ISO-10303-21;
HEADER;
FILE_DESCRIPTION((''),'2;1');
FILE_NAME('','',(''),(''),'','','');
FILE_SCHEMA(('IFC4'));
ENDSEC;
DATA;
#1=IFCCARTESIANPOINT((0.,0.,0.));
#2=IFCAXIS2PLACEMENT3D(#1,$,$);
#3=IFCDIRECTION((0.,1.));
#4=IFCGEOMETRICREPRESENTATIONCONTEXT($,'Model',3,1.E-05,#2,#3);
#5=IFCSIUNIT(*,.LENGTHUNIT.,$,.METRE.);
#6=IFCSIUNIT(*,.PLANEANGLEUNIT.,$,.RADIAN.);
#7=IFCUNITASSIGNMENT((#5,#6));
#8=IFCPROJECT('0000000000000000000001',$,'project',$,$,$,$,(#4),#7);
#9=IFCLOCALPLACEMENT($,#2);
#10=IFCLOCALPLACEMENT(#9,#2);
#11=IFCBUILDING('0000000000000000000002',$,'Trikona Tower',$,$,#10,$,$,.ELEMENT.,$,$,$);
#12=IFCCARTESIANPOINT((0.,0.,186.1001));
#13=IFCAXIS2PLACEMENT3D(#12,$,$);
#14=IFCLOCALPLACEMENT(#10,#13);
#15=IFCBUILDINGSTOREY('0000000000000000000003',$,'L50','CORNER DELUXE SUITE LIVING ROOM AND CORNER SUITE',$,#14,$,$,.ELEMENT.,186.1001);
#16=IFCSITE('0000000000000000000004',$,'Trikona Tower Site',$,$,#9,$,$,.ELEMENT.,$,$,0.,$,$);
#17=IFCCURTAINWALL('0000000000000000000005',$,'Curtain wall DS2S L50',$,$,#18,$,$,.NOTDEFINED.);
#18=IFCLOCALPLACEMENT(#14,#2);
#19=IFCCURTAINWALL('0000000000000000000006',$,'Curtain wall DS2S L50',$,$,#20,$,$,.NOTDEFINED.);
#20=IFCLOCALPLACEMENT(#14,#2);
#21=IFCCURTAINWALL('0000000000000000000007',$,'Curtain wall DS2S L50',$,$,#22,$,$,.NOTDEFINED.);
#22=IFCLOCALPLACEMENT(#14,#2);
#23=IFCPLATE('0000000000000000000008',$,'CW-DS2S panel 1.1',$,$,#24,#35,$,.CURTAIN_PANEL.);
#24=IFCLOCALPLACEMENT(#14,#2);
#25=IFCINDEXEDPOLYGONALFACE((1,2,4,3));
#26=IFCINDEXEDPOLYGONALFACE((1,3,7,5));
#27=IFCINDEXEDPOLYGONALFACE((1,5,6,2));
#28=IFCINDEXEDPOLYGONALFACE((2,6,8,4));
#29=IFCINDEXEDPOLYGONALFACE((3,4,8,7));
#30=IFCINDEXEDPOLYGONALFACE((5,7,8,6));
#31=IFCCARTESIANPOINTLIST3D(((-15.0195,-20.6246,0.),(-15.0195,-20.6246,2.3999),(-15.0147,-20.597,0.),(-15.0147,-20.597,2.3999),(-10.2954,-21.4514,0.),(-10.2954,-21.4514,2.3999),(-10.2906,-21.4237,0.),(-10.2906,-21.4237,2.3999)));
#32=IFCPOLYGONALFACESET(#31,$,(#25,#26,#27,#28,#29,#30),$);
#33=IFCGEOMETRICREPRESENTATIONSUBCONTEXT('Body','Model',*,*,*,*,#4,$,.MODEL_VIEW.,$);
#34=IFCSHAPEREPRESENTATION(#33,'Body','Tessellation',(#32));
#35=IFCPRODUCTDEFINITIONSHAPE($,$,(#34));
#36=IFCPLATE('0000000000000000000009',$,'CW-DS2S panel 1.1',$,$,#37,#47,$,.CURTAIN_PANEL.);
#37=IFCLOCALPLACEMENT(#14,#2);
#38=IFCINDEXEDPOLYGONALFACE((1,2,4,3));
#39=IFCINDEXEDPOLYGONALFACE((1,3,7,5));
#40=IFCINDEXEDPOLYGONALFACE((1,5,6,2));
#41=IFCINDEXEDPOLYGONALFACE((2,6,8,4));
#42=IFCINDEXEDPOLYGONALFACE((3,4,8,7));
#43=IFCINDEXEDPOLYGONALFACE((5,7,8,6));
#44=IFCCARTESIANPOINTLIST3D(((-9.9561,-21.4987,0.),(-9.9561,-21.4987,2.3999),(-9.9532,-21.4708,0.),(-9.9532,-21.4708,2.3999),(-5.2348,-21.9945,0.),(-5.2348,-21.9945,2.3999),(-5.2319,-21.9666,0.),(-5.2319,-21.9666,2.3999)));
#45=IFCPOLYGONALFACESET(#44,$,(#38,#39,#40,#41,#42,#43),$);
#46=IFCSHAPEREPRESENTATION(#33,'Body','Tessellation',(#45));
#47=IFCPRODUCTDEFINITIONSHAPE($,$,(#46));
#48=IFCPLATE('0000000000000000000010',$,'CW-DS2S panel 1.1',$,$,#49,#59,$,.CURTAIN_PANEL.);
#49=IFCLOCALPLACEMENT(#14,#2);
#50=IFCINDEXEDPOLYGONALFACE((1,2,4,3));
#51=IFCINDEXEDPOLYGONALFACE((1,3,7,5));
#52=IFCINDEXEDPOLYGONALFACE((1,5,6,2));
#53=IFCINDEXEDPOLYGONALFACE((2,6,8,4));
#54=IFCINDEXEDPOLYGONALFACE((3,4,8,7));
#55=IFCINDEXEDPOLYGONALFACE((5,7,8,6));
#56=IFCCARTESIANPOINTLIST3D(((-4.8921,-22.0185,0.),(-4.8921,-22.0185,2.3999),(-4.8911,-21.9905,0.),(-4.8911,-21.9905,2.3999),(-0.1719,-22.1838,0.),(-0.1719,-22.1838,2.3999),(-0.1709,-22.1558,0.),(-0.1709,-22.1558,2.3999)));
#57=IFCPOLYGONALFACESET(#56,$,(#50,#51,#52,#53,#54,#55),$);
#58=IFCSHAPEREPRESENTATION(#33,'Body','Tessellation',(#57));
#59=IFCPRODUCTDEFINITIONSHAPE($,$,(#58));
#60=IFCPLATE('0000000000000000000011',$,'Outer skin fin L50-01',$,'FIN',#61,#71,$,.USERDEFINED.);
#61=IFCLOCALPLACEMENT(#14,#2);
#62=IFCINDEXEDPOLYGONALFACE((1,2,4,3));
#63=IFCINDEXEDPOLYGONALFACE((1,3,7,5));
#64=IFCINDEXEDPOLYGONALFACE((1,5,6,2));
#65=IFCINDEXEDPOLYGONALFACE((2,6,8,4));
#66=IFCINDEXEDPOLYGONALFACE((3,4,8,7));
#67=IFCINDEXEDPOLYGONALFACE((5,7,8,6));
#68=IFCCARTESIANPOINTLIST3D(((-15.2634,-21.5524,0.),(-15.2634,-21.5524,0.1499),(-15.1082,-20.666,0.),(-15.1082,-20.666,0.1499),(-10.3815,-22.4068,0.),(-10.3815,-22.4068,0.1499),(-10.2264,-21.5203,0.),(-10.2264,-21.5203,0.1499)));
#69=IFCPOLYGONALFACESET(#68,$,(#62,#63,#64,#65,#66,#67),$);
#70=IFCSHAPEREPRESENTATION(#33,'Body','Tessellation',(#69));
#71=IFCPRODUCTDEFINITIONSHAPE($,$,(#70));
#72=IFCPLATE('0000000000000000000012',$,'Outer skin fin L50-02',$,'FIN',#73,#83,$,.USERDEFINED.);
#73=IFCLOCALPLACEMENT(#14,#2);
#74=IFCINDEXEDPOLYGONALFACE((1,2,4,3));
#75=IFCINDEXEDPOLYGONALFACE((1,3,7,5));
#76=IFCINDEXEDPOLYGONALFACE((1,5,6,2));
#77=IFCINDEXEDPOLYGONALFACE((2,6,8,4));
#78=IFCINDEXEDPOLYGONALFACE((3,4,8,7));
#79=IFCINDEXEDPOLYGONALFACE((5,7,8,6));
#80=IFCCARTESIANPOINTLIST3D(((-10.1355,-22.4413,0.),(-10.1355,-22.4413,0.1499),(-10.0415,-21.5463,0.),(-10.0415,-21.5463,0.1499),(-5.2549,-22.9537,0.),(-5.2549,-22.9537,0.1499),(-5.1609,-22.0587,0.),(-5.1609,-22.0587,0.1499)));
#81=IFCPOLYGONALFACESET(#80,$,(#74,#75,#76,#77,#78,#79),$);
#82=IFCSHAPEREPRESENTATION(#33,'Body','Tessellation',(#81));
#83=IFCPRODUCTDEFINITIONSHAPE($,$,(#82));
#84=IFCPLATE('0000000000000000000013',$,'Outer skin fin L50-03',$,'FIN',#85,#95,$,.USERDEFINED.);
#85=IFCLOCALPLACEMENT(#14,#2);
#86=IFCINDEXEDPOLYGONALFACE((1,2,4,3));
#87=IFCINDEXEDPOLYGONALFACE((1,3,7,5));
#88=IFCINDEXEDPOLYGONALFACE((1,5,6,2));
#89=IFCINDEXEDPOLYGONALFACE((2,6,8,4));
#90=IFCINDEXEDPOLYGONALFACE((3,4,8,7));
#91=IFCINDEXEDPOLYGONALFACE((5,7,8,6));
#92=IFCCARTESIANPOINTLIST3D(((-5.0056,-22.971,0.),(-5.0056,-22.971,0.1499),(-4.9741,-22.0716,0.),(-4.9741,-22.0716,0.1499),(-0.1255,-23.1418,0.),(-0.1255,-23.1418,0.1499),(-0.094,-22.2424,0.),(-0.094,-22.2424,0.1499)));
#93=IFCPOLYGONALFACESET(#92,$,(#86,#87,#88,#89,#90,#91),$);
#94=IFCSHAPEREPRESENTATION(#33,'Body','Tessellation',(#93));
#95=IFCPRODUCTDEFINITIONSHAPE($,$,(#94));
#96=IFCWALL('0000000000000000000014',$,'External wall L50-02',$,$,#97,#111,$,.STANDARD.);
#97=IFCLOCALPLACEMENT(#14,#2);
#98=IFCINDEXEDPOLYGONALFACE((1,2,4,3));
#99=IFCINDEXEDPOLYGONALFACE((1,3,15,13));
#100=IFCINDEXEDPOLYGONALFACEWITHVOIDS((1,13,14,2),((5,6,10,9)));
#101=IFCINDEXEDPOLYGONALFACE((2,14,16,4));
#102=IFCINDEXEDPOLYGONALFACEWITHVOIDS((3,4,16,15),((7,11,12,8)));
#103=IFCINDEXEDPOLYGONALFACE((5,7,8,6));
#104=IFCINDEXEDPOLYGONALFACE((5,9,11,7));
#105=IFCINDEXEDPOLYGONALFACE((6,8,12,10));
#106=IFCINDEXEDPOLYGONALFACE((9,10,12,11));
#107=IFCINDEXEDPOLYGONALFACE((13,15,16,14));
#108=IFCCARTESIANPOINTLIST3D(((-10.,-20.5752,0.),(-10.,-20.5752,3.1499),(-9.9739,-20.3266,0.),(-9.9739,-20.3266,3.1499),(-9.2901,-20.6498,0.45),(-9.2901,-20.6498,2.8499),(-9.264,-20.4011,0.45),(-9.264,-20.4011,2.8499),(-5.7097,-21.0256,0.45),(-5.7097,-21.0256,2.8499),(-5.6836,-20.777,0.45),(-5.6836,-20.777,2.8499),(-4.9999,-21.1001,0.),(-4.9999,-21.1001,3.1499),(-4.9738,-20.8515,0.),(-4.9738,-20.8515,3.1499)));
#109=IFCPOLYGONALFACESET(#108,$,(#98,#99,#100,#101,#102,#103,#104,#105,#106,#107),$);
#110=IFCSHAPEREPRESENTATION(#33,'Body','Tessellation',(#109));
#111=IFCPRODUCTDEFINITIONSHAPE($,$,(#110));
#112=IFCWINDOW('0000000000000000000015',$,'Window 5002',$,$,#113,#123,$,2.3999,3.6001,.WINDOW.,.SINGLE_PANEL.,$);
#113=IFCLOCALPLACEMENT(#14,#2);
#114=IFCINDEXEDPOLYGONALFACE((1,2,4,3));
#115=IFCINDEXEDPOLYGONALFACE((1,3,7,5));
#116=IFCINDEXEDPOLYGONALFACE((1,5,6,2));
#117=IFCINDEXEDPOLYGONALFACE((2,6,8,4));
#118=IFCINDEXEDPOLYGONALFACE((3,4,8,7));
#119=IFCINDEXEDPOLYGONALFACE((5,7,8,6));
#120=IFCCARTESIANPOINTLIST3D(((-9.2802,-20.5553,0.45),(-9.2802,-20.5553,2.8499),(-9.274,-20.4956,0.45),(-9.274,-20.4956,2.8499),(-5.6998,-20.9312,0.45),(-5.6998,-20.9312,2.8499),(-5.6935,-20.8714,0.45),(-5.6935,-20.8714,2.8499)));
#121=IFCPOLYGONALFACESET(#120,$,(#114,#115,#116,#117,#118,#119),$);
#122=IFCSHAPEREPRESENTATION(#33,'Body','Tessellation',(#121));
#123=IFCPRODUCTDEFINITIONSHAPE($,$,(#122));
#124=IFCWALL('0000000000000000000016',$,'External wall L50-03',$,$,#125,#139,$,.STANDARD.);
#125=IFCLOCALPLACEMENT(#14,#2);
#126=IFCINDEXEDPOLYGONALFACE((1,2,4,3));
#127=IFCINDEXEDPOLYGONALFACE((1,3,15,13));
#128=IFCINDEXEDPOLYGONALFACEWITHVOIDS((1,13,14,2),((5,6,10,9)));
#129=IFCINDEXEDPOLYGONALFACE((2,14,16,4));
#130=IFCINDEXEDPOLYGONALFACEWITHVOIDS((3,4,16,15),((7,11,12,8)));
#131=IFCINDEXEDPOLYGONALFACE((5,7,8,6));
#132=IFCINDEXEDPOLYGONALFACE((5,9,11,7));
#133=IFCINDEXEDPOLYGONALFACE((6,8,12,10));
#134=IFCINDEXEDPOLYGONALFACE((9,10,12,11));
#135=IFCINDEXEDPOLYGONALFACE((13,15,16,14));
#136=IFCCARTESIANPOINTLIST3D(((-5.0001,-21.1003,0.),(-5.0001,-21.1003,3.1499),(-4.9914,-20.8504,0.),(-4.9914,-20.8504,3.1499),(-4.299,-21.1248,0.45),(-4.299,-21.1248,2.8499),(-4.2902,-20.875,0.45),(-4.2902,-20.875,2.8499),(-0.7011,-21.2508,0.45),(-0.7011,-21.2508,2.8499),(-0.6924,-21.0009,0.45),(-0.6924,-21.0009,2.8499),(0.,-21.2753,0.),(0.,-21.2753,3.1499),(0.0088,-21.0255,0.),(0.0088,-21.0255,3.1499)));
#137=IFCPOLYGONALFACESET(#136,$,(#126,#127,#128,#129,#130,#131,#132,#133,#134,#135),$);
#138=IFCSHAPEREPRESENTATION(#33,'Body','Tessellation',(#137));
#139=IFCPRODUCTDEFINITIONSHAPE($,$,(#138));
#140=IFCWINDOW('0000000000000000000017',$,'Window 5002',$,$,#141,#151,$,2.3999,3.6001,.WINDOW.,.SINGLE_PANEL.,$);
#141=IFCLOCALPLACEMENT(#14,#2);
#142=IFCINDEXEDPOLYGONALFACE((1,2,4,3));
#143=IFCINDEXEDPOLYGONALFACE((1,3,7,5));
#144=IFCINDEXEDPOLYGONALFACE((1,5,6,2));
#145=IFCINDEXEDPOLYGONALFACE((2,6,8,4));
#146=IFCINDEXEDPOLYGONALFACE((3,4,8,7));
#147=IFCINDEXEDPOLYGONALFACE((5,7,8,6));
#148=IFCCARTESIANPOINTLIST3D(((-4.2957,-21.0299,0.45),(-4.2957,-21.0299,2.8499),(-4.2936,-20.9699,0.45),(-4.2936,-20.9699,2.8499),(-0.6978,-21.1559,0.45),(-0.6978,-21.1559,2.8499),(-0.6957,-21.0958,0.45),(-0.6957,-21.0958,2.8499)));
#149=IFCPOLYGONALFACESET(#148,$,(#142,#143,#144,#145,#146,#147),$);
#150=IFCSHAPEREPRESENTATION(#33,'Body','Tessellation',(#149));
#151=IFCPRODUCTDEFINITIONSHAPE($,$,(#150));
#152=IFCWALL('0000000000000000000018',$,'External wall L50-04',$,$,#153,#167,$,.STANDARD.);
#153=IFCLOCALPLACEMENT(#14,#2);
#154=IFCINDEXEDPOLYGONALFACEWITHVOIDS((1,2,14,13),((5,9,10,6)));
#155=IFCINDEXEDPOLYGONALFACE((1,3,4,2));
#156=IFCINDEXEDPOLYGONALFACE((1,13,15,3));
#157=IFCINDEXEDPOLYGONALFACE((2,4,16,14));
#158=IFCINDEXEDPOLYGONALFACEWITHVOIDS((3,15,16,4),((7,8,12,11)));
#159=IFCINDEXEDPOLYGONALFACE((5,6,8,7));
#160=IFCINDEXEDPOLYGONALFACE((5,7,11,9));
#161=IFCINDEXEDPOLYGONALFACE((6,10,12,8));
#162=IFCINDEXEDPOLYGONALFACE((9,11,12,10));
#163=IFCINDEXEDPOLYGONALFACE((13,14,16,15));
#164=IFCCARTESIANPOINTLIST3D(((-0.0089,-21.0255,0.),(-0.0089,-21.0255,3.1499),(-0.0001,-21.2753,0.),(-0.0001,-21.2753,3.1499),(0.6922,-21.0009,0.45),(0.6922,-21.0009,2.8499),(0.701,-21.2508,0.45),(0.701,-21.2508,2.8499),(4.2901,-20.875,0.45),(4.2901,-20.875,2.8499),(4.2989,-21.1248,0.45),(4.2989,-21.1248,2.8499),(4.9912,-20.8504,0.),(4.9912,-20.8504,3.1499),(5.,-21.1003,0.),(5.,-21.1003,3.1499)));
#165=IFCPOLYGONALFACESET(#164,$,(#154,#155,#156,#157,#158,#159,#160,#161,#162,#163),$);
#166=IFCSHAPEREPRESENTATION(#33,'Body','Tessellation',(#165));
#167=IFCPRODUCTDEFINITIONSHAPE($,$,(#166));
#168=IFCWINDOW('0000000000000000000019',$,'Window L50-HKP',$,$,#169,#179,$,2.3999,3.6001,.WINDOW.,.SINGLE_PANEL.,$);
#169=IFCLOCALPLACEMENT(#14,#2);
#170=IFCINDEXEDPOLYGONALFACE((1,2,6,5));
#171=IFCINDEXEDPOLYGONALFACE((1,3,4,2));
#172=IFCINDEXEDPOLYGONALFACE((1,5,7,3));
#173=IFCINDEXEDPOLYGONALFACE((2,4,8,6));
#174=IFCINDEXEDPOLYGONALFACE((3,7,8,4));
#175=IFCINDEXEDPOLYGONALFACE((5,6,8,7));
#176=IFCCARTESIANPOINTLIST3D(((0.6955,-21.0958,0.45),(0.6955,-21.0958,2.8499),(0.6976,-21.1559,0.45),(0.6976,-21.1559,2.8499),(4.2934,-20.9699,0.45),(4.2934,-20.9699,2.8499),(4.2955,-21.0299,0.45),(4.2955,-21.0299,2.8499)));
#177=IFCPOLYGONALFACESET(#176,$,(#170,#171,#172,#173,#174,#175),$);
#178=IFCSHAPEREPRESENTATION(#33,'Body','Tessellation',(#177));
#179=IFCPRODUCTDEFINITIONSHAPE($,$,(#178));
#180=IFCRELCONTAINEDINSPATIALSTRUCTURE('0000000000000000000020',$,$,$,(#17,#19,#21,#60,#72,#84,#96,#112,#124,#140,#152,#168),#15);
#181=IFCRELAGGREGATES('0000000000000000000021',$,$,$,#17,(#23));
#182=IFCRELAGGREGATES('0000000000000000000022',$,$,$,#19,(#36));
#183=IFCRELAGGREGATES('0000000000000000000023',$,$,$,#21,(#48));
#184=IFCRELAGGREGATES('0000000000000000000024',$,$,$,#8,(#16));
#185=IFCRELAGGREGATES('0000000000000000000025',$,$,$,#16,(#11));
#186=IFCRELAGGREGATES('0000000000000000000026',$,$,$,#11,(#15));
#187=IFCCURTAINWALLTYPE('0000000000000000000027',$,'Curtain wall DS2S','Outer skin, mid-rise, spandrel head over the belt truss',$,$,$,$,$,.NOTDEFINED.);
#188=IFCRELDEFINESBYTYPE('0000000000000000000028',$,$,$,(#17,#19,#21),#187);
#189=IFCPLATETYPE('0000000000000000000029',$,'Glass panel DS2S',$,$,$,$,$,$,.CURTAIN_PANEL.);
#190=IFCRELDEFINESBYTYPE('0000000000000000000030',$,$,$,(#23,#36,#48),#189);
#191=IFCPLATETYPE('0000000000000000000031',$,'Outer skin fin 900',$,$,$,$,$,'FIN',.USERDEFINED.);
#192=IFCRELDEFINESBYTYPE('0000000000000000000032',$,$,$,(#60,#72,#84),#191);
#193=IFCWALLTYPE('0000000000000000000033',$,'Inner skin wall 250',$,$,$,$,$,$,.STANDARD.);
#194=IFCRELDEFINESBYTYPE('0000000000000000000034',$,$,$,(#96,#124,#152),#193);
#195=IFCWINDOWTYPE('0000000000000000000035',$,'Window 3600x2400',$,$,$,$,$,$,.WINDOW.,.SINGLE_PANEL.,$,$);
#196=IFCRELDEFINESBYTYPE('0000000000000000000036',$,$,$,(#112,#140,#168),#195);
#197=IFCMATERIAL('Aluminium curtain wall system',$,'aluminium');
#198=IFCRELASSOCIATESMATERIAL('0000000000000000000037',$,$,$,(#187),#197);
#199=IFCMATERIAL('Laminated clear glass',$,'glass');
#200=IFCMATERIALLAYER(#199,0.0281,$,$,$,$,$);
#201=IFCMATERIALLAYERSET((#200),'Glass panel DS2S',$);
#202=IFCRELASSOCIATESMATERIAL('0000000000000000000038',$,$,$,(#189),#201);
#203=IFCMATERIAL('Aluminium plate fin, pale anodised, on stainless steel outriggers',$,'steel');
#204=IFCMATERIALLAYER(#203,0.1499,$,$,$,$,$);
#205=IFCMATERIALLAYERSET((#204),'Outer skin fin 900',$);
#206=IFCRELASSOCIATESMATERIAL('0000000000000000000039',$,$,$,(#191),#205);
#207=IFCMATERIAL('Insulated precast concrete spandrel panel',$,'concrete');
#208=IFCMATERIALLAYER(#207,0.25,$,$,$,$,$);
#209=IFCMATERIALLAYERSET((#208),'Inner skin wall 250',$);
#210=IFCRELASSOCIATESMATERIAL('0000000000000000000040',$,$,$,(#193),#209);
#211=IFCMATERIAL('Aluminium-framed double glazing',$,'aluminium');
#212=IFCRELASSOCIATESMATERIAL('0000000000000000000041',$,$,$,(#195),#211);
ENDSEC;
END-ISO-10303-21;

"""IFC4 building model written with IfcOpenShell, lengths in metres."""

from ifc_helpers import new_model, si_unit, direction, frame, frame_2d, origin, origin_2d, place, context, subcontext, project, spatial, rectangle, extrude, material, layer, layer_set, type_object, element, fill, aggregate, save


model = new_model("IFC4")

# Units and contexts
model_context = context("Model", 3, precision=1e-05, world=origin(), true_north=direction((0.0, 1.0)))
body_context = subcontext(model_context, "Body", "Model", "MODEL_VIEW")
ifc_project = project(units=[si_unit("LENGTHUNIT", "METRE"), si_unit("PLANEANGLEUNIT", "RADIAN")], contexts=[model_context])

# Site, building, storey
site_placement = place(None, origin())
site = spatial("IfcSite", under=ifc_project, at=site_placement, Name="Trikona Tower Site", CompositionType="ELEMENT", RefElevation=0.0)
building_placement = place(site_placement, origin())
building = spatial("IfcBuilding", under=site, at=building_placement, Name="Trikona Tower", CompositionType="ELEMENT")
storey_placement = place(building_placement, frame((0.0, 0.0, 186.1001)))
storey = spatial("IfcBuildingStorey", under=building, at=storey_placement, Name="L50", Description="CORNER DELUXE SUITE LIVING ROOM AND CORNER SUITE", CompositionType="ELEMENT", Elevation=186.1001)

# Curtain wall
ifc_material_1 = material(Name="Aluminium curtain wall system", Category="aluminium")
curtain_wall_type = type_object("IfcCurtainWallType", Name="Curtain wall DS2S", Description="Outer skin, mid-rise, spandrel head over the belt truss", PredefinedType="NOTDEFINED", material=ifc_material_1)
curtain_wall_1_placement = place(storey_placement, origin())
curtain_wall_1 = element("IfcCurtainWall", 1, at=curtain_wall_1_placement, inside=storey, type_object=curtain_wall_type, Name="Curtain wall DS2S L50", PredefinedType="NOTDEFINED")

# Curtain walls
curtain_wall_2_placement = place(storey_placement, origin())
curtain_wall_2 = element("IfcCurtainWall", 2, at=curtain_wall_2_placement, inside=storey, type_object=curtain_wall_type, Name="Curtain wall DS2S L50", PredefinedType="NOTDEFINED")
curtain_wall_3_placement = place(storey_placement, origin())
curtain_wall_3 = element("IfcCurtainWall", 3, at=curtain_wall_3_placement, inside=storey, type_object=curtain_wall_type, Name="Curtain wall DS2S L50", PredefinedType="NOTDEFINED")

# Plates
ifc_material_2 = material(Name="Laminated clear glass", Category="glass")
ifc_layer_1 = layer(ifc_material_2, 0.0281)
ifc_layer_set_1 = layer_set([ifc_layer_1], Name="Glass panel DS2S")
plate_type_1 = type_object("IfcPlateType", Name="Glass panel DS2S", PredefinedType="CURTAIN_PANEL", material=ifc_layer_set_1)
plate_1_placement = place(storey_placement, frame((-12.655, -21.0242, 0.0), z_axis=(0.0, 0.0, 1.0), x_axis=(0.985031, -0.172377, 0.0)))
plate_1 = element("IfcPlate", 4, at=plate_1_placement, type_object=plate_type_1, Name="CW-DS2S panel 1.1", PredefinedType="CURTAIN_PANEL", context=body_context, shape_type="SweptSolid", body=[
    extrude(rectangle(XDim=4.7959, YDim=0.0281, at=origin_2d()), origin(), (0.0, 0.0, 1.0), 2.3999),
])
aggregate(curtain_wall_1, [plate_1])
plate_2_placement = place(storey_placement, frame((-7.594, -21.7327, 0.0), z_axis=(0.0, 0.0, 1.0), x_axis=(0.994532, -0.104433, 0.0)))
plate_2 = element("IfcPlate", 5, at=plate_2_placement, type_object=plate_type_1, Name="CW-DS2S panel 1.1", PredefinedType="CURTAIN_PANEL", context=body_context, shape_type="SweptSolid", body=[
    extrude(rectangle(XDim=4.7473, YDim=0.0281, at=origin_2d()), origin(), (0.0, 0.0, 1.0), 2.3999),
])
aggregate(curtain_wall_2, [plate_2])
plate_3_placement = place(storey_placement, frame((-2.5315, -22.0872, 0.0), z_axis=(0.0, 0.0, 1.0), x_axis=(0.999387, -0.034998, 0.0)))
plate_3 = element("IfcPlate", 6, at=plate_3_placement, type_object=plate_type_1, Name="CW-DS2S panel 1.1", PredefinedType="CURTAIN_PANEL", context=body_context, shape_type="SweptSolid", body=[
    extrude(rectangle(XDim=4.7231, YDim=0.0281, at=origin_2d()), origin(), (0.0, 0.0, 1.0), 2.3999),
])
aggregate(curtain_wall_3, [plate_3])

# Plates
ifc_material_3 = material(Name="Aluminium plate fin, pale anodised, on stainless steel outriggers", Category="steel")
ifc_layer_2 = layer(ifc_material_3, 0.1499)
ifc_layer_set_2 = layer_set([ifc_layer_2], Name="Outer skin fin 900")
plate_type_2 = type_object("IfcPlateType", Name="Outer skin fin 900", ElementType="FIN", PredefinedType="USERDEFINED", material=ifc_layer_set_2)
plate_4_placement = place(storey_placement, frame((-12.7449, -21.5364, 0.0), z_axis=(0.0, 0.0, 1.0), x_axis=(0.985031, -0.17238, 0.0)))
element("IfcPlate", 7, at=plate_4_placement, inside=storey, type_object=plate_type_2, Name="Outer skin fin L50-01", ObjectType="FIN", PredefinedType="USERDEFINED", context=body_context, shape_type="SweptSolid", body=[
    extrude(rectangle(XDim=4.9561, YDim=0.8999, at=origin_2d()), origin(), (0.0, 0.0, 1.0), 0.1499),
])
plate_5_placement = place(storey_placement, frame((-7.6482, -22.25, 0.0), z_axis=(0.0, 0.0, 1.0), x_axis=(0.994533, -0.104426, 0.0)))
element("IfcPlate", 8, at=plate_5_placement, inside=storey, type_object=plate_type_2, Name="Outer skin fin L50-02", ObjectType="FIN", PredefinedType="USERDEFINED", context=body_context, shape_type="SweptSolid", body=[
    extrude(rectangle(XDim=4.9075, YDim=0.8999, at=origin_2d()), origin(), (0.0, 0.0, 1.0), 0.1499),
])
plate_6_placement = place(storey_placement, frame((-2.5498, -22.6067, 0.0), z_axis=(0.0, 0.0, 1.0), x_axis=(0.999388, -0.034978, 0.0)))
element("IfcPlate", 9, at=plate_6_placement, inside=storey, type_object=plate_type_2, Name="Outer skin fin L50-03", ObjectType="FIN", PredefinedType="USERDEFINED", context=body_context, shape_type="SweptSolid", body=[
    extrude(rectangle(XDim=4.8831, YDim=0.8999, at=origin_2d()), origin(), (0.0, 0.0, 1.0), 0.1499),
])

# Walls, openings, windows
ifc_material_4 = material(Name="Insulated precast concrete spandrel panel", Category="concrete")
ifc_layer_3 = layer(ifc_material_4, 0.25)
ifc_layer_set_3 = layer_set([ifc_layer_3], Name="Inner skin wall 250")
wall_type = type_object("IfcWallType", Name="Inner skin wall 250", PredefinedType="STANDARD", material=ifc_layer_set_3)
wall_1_placement = place(storey_placement, frame((-9.9868, -20.4509, 0.0), z_axis=(0.0, 0.0, 1.0), x_axis=(0.994535, -0.104407, 0.0)))
wall_1 = element("IfcWall", 10, at=wall_1_placement, inside=storey, type_object=wall_type, Name="External wall L50-02", PredefinedType="STANDARD", context=body_context, shape_type="SweptSolid", body=[
    extrude(rectangle(XDim=5.0276, YDim=0.25, at=frame_2d((2.5137, 0.0))), origin(), (0.0, 0.0, 1.0), 3.1499),
])
opening_1_placement = place(wall_1_placement, frame((0.7136, 0.0, 0.45)))
opening_1 = element("IfcOpeningElement", 11, at=opening_1_placement, cuts=wall_1, PredefinedType="OPENING", context=body_context, shape_type="SweptSolid", body=[
    extrude(rectangle(XDim=3.6001, YDim=2.3999, at=frame_2d((1.8, 1.2))), frame((0.0, 0.135, 0.0), z_axis=(0.0, -1.0, 0.0), x_axis=(1.0, 0.0, 0.0)), (0.0, 0.0, 1.0), 0.27),
])
ifc_material_5 = material(Name="Aluminium-framed double glazing", Category="aluminium")
window_type = type_object("IfcWindowType", Name="Window 3600x2400", PartitioningType="SINGLE_PANEL", PredefinedType="WINDOW", material=ifc_material_5)
window_1_placement = place(opening_1_placement, origin())
window_1 = element("IfcWindow", 12, at=window_1_placement, inside=storey, type_object=window_type, Name="Window 5002", OverallHeight=2.3999, OverallWidth=3.6001, PartitioningType="SINGLE_PANEL", PredefinedType="WINDOW", context=body_context, shape_type="SweptSolid", body=[
    extrude(rectangle(XDim=3.6001, YDim=2.3999, at=frame_2d((1.8, 1.2))), frame((0.0, 0.03, 0.0), z_axis=(0.0, -1.0, 0.0), x_axis=(1.0, 0.0, 0.0)), (0.0, 0.0, 1.0), 0.0601),
])
fill(opening_1, window_1)
wall_2_placement = place(storey_placement, frame((-4.9956, -20.9753, 0.0), z_axis=(0.0, 0.0, 1.0), x_axis=(0.999388, -0.034988, 0.0)))
wall_2 = element("IfcWall", 13, at=wall_2_placement, inside=storey, type_object=wall_type, Name="External wall L50-03", PredefinedType="STANDARD", context=body_context, shape_type="SweptSolid", body=[
    extrude(rectangle(XDim=5.0032, YDim=0.25, at=frame_2d((2.5015, 0.0))), origin(), (0.0, 0.0, 1.0), 3.1499),
])
opening_2_placement = place(wall_2_placement, frame((0.7014, 0.0, 0.45)))
opening_2 = element("IfcOpeningElement", 14, at=opening_2_placement, cuts=wall_2, PredefinedType="OPENING", context=body_context, shape_type="SweptSolid", body=[
    extrude(rectangle(XDim=3.6001, YDim=2.3999, at=frame_2d((1.8, 1.2))), frame((0.0, 0.135, 0.0), z_axis=(0.0, -1.0, 0.0), x_axis=(1.0, 0.0, 0.0)), (0.0, 0.0, 1.0), 0.27),
])
window_2_placement = place(opening_2_placement, origin())
window_2 = element("IfcWindow", 15, at=window_2_placement, inside=storey, type_object=window_type, Name="Window 5002", OverallHeight=2.3999, OverallWidth=3.6001, PartitioningType="SINGLE_PANEL", PredefinedType="WINDOW", context=body_context, shape_type="SweptSolid", body=[
    extrude(rectangle(XDim=3.6001, YDim=2.3999, at=frame_2d((1.8, 1.2))), frame((0.0, 0.03, 0.0), z_axis=(0.0, -1.0, 0.0), x_axis=(1.0, 0.0, 0.0)), (0.0, 0.0, 1.0), 0.0601),
])
fill(opening_2, window_2)
wall_3_placement = place(storey_placement, frame((-0.0044, -21.1504, 0.0), z_axis=(0.0, 0.0, 1.0), x_axis=(0.999388, 0.034988, 0.0)))
wall_3 = element("IfcWall", 16, at=wall_3_placement, inside=storey, type_object=wall_type, Name="External wall L50-04", PredefinedType="STANDARD", context=body_context, shape_type="SweptSolid", body=[
    extrude(rectangle(XDim=5.0032, YDim=0.25, at=frame_2d((2.5015, 0.0))), origin(), (0.0, 0.0, 1.0), 3.1499),
])
opening_3_placement = place(wall_3_placement, frame((0.7014, 0.0, 0.45)))
opening_3 = element("IfcOpeningElement", 17, at=opening_3_placement, cuts=wall_3, PredefinedType="OPENING", context=body_context, shape_type="SweptSolid", body=[
    extrude(rectangle(XDim=3.6001, YDim=2.3999, at=frame_2d((1.8, 1.2))), frame((0.0, 0.135, 0.0), z_axis=(0.0, -1.0, 0.0), x_axis=(1.0, 0.0, 0.0)), (0.0, 0.0, 1.0), 0.27),
])
window_3_placement = place(opening_3_placement, origin())
window_3 = element("IfcWindow", 18, at=window_3_placement, inside=storey, type_object=window_type, Name="Window L50-HKP", OverallHeight=2.3999, OverallWidth=3.6001, PartitioningType="SINGLE_PANEL", PredefinedType="WINDOW", context=body_context, shape_type="SweptSolid", body=[
    extrude(rectangle(XDim=3.6001, YDim=2.3999, at=frame_2d((1.8, 1.2))), frame((0.0, 0.03, 0.0), z_axis=(0.0, -1.0, 0.0), x_axis=(1.0, 0.0, 0.0)), (0.0, 0.0, 1.0), 0.0601),
])
fill(opening_3, window_3)

save(model, "model.ifc")
